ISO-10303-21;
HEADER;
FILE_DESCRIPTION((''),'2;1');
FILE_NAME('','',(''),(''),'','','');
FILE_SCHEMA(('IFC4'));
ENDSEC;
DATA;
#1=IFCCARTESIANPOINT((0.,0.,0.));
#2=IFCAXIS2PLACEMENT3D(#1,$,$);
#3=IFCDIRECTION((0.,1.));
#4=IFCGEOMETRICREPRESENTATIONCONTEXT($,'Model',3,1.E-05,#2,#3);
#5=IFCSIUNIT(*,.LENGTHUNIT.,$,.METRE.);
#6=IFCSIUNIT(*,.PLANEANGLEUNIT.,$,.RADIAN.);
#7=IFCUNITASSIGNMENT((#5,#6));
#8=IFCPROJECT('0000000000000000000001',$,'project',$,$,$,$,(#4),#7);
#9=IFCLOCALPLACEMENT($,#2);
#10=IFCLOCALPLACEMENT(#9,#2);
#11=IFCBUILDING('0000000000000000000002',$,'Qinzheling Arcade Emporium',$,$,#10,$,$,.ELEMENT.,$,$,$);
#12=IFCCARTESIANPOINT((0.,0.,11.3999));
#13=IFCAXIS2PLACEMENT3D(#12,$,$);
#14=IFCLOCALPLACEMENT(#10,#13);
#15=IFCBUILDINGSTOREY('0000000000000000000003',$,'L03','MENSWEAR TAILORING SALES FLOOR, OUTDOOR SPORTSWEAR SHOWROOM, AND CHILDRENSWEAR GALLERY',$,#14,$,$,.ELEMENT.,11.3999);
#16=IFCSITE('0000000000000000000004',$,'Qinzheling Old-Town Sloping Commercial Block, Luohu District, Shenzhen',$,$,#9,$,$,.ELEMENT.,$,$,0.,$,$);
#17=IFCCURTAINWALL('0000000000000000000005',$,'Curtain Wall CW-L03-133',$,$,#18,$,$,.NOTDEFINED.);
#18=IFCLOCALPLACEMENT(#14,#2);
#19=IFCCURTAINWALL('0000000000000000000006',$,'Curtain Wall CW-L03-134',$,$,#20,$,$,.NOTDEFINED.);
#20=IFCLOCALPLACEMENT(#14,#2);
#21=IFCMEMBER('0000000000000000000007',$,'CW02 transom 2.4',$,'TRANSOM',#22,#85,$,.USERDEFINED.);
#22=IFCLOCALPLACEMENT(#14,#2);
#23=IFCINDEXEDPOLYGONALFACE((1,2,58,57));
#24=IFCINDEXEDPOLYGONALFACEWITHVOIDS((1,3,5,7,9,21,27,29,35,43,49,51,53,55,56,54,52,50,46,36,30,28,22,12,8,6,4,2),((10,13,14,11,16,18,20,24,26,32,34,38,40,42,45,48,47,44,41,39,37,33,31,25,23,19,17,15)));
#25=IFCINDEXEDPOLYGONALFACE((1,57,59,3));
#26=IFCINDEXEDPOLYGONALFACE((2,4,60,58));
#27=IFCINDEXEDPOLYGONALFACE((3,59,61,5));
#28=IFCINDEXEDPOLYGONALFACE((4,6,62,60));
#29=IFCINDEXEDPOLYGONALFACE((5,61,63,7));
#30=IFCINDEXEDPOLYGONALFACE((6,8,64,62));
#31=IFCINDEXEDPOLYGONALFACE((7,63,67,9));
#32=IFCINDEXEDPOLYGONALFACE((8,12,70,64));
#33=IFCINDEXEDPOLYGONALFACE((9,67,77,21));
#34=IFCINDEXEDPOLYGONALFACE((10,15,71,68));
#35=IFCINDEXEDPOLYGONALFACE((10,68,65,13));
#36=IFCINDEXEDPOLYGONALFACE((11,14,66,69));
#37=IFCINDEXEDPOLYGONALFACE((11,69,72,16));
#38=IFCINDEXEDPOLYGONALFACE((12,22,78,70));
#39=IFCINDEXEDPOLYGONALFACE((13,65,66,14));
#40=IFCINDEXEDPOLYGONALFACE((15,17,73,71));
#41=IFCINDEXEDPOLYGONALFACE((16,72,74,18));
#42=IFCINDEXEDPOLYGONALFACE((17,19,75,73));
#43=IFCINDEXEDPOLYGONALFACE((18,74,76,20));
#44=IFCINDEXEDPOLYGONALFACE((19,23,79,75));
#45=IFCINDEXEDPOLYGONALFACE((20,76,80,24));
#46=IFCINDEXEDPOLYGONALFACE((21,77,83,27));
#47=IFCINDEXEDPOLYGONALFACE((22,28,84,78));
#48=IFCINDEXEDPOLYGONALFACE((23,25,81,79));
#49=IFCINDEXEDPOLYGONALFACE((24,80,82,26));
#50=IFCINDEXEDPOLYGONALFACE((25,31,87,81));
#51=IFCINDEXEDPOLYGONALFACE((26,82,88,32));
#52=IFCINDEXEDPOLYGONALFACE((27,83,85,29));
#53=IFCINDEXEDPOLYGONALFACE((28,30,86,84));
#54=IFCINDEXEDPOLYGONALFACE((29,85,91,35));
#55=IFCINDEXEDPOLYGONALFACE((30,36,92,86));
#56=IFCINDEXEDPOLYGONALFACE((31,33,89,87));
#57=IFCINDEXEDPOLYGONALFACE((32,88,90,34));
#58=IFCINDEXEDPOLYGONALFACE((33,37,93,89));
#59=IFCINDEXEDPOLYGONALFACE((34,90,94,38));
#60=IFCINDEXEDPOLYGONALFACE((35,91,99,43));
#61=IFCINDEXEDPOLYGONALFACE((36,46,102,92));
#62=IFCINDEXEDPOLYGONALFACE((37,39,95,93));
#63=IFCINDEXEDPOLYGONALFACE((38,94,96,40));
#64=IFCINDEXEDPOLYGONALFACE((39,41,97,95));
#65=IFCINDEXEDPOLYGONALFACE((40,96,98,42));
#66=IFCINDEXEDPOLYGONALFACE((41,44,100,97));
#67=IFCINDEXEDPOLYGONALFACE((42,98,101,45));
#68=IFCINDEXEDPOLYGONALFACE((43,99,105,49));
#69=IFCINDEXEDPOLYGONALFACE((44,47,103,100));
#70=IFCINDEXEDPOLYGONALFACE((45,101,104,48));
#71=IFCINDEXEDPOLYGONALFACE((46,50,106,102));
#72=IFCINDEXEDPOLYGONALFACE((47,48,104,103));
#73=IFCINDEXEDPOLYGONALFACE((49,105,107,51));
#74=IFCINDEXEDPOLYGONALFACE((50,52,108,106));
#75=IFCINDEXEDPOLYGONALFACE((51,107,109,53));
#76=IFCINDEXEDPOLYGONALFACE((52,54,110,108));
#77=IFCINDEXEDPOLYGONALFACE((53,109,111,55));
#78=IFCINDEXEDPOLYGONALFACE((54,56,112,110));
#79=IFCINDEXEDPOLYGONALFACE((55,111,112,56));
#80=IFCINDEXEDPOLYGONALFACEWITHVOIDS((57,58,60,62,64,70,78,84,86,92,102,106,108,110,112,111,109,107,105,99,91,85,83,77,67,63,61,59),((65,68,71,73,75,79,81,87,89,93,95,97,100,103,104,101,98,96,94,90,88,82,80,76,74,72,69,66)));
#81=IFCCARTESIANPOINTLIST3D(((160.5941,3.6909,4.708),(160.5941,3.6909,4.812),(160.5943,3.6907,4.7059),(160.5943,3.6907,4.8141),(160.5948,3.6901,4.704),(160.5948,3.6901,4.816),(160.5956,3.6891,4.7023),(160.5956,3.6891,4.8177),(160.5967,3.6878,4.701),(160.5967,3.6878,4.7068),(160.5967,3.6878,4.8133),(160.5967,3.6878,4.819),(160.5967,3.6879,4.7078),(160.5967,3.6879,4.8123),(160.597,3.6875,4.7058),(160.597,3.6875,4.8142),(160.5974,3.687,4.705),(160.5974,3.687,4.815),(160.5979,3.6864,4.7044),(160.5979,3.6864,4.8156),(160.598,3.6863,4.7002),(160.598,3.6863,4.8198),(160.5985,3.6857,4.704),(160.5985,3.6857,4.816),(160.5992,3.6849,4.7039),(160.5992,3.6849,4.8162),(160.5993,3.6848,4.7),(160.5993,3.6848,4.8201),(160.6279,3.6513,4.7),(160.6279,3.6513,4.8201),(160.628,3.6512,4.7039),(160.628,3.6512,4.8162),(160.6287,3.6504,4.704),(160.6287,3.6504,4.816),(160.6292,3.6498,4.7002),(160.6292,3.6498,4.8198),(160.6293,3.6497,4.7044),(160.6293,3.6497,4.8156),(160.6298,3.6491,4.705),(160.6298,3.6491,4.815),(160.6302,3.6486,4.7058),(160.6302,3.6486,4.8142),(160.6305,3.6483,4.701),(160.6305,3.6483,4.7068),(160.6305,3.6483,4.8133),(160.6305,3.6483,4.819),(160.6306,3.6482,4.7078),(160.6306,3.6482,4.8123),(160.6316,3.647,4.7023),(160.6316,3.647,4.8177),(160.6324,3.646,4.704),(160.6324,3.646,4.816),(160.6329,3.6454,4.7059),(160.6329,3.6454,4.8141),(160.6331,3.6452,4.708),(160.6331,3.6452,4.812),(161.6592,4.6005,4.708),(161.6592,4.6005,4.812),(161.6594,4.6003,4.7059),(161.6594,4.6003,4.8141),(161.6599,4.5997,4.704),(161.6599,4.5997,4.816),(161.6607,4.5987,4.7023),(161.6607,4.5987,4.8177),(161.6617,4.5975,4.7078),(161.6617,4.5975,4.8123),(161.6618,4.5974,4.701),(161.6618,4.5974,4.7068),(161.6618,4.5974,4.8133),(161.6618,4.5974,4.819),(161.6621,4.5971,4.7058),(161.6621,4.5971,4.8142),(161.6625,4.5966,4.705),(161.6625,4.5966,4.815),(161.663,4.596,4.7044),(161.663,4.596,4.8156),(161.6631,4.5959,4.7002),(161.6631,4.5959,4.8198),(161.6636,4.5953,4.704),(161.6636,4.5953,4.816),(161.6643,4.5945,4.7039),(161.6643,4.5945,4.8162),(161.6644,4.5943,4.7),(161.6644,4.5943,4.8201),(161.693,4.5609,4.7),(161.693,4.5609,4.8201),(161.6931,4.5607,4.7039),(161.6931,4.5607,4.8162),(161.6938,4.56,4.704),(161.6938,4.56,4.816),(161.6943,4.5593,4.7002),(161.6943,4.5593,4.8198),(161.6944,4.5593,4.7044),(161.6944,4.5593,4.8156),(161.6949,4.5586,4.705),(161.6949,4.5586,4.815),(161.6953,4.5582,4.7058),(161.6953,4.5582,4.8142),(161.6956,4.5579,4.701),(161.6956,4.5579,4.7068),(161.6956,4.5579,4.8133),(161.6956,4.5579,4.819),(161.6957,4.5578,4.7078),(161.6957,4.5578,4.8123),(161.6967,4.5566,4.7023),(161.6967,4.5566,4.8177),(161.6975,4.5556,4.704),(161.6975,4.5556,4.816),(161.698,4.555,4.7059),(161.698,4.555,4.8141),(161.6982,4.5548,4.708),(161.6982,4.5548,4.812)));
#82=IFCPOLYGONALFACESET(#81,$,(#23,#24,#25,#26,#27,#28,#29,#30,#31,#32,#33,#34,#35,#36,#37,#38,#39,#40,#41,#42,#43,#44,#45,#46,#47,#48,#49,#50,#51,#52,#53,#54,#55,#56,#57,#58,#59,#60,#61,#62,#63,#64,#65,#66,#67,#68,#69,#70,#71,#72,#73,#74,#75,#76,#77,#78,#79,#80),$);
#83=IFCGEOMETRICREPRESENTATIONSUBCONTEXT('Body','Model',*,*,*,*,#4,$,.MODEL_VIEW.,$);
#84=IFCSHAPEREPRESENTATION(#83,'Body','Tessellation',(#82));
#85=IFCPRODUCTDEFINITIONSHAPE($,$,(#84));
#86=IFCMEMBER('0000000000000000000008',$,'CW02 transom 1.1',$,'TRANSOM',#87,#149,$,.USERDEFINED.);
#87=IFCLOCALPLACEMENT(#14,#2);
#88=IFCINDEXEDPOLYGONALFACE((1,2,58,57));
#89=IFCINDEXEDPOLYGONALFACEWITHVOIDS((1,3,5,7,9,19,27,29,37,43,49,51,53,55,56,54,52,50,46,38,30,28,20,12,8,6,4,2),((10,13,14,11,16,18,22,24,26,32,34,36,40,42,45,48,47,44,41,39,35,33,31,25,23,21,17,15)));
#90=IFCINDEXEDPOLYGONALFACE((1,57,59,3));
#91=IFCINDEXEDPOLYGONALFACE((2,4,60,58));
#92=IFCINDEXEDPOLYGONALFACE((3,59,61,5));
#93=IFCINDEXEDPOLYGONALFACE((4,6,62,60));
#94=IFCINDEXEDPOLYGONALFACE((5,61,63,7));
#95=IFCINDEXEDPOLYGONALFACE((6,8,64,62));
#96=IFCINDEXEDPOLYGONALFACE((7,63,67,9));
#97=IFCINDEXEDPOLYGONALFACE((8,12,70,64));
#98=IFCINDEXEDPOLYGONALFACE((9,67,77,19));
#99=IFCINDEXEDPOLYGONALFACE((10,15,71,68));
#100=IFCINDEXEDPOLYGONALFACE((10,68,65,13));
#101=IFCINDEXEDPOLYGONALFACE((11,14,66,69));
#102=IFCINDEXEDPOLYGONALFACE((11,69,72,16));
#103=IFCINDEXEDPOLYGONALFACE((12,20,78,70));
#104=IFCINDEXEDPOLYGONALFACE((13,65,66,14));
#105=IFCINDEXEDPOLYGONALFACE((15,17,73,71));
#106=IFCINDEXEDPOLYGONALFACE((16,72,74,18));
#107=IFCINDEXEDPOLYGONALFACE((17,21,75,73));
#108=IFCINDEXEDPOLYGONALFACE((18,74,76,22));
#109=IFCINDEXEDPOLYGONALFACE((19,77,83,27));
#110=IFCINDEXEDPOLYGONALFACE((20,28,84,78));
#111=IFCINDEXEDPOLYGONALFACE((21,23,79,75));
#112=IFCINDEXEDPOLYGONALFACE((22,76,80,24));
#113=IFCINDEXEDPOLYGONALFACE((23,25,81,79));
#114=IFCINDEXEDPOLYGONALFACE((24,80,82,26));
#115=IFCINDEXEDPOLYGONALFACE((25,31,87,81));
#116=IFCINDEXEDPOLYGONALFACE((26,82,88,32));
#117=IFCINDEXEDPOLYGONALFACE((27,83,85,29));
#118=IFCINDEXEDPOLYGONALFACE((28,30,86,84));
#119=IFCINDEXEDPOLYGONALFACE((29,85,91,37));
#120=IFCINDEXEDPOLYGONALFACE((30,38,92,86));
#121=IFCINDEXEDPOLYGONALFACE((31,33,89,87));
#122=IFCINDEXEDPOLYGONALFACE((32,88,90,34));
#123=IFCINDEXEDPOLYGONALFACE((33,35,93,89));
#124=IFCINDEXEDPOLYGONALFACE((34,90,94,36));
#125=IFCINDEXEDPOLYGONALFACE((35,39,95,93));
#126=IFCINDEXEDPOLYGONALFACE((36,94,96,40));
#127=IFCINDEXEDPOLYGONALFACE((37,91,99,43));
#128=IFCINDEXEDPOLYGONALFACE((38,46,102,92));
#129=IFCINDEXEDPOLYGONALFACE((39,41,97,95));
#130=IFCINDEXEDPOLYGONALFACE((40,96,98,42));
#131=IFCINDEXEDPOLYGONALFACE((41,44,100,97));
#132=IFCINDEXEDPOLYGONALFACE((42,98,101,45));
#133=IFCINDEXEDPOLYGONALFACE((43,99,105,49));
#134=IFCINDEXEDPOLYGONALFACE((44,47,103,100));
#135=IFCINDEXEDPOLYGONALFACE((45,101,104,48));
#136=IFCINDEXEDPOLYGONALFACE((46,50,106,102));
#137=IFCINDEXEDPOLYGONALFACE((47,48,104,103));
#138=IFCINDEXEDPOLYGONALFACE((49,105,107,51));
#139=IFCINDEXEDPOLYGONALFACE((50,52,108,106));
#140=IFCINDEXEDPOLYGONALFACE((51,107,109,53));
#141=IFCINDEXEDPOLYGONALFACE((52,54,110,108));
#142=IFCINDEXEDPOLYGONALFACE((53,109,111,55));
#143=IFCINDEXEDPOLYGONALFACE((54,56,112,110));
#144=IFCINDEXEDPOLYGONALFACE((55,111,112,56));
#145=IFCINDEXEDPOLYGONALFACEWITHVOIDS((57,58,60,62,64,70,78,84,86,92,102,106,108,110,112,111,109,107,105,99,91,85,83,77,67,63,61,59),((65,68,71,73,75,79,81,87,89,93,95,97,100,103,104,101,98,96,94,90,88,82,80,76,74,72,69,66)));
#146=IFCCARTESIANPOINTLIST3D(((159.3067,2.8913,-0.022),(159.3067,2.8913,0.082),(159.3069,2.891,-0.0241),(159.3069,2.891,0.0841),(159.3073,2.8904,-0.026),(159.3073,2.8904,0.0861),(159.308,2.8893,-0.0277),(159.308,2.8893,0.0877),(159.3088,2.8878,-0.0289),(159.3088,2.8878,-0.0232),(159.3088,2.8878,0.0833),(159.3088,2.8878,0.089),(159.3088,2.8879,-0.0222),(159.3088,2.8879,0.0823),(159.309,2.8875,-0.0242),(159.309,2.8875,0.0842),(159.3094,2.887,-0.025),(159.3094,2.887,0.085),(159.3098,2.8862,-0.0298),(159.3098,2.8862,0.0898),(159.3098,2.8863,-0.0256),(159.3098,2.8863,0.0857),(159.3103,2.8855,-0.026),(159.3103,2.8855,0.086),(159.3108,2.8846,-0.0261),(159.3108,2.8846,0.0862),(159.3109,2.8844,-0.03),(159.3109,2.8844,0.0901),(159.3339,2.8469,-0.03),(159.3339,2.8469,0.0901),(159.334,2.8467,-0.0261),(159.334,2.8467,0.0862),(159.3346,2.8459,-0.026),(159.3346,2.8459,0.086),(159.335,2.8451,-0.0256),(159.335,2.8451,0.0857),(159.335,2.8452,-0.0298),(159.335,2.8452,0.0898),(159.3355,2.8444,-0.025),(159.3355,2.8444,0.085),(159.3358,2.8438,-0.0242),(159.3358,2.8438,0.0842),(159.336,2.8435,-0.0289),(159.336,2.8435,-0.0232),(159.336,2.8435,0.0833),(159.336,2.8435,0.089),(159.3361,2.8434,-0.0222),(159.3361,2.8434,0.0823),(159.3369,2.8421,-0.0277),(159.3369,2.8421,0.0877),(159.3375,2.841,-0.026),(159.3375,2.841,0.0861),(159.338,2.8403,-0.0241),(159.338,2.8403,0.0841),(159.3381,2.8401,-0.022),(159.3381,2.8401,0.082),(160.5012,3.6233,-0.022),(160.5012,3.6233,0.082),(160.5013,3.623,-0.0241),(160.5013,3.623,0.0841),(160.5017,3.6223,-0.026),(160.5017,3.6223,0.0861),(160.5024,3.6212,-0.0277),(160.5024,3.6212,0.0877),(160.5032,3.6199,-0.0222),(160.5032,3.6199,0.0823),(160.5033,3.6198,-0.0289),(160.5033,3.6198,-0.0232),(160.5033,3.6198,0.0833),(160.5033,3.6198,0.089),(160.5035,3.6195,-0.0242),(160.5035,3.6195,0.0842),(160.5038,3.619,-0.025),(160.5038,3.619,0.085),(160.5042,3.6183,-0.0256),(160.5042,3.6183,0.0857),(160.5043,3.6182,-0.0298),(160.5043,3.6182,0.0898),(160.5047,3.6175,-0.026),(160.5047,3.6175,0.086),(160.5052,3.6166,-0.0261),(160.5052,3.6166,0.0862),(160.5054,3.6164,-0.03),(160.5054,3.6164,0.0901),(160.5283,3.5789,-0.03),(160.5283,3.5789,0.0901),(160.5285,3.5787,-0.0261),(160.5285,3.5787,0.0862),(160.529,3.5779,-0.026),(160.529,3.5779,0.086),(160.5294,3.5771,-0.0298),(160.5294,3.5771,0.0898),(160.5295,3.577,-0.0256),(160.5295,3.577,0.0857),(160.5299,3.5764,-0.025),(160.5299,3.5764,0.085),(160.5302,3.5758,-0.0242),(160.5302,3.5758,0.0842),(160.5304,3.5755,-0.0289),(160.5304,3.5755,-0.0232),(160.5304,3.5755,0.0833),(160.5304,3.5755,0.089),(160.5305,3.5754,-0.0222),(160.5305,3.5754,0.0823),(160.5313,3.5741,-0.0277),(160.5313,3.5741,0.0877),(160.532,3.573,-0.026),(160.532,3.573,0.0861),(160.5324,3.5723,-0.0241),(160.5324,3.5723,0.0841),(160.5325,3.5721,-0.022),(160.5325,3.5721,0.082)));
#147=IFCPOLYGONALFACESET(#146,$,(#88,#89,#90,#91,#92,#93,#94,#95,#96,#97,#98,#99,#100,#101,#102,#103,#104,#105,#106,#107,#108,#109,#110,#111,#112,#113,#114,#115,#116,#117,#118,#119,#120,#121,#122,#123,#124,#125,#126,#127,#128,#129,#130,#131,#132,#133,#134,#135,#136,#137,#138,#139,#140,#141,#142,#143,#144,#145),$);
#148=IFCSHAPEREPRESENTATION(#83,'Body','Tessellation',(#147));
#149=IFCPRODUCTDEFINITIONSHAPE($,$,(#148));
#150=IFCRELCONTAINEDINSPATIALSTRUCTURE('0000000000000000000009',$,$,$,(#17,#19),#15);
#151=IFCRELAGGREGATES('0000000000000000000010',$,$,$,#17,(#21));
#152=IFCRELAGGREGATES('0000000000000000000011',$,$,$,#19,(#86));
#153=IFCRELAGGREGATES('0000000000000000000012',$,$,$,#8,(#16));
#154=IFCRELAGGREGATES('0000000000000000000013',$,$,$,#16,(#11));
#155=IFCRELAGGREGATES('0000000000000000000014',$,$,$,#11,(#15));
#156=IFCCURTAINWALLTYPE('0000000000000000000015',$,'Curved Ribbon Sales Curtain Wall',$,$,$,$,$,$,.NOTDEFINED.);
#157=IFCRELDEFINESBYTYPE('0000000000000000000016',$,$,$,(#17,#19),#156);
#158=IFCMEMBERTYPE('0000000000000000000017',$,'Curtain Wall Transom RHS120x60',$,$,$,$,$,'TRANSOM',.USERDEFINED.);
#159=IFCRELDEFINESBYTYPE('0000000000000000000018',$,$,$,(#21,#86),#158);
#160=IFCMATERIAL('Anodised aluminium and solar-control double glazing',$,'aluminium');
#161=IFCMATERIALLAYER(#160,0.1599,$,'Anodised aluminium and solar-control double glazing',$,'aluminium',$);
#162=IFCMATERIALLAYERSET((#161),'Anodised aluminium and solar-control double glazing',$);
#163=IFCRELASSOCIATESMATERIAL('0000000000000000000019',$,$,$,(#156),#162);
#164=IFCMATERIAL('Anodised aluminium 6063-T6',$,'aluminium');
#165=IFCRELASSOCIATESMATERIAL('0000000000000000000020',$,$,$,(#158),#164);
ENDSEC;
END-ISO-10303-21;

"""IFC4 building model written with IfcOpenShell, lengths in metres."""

from ifc_helpers import new_model, si_unit, direction, frame, origin, origin_2d, place, context, subcontext, project, spatial, hollow_rectangle, extrude, material, layer, layer_set, material_profile, profile_set, type_object, element, aggregate, save


model = new_model("IFC4")

# Units and contexts
model_context = context("Model", 3, precision=1e-05, world=origin(), true_north=direction((0.0, 1.0)))
body_context = subcontext(model_context, "Body", "Model", "MODEL_VIEW")
ifc_project = project(units=[si_unit("LENGTHUNIT", "METRE"), si_unit("PLANEANGLEUNIT", "RADIAN")], contexts=[model_context])

# Site, building, storey
site_placement = place(None, origin())
site = spatial("IfcSite", under=ifc_project, at=site_placement, Name="Qinzheling Old-Town Sloping Commercial Block, Luohu District, Shenzhen", CompositionType="ELEMENT", RefElevation=0.0)
building_placement = place(site_placement, origin())
building = spatial("IfcBuilding", under=site, at=building_placement, Name="Qinzheling Arcade Emporium", CompositionType="ELEMENT")
storey_placement = place(building_placement, frame((0.0, 0.0, 11.3999)))
storey = spatial("IfcBuildingStorey", under=building, at=storey_placement, Name="L03", Description="MENSWEAR TAILORING SALES FLOOR, OUTDOOR SPORTSWEAR SHOWROOM, AND CHILDRENSWEAR GALLERY", CompositionType="ELEMENT", Elevation=11.3999)

# Curtain walls
ifc_material_1 = material(Name="Anodised aluminium and solar-control double glazing", Category="aluminium")
ifc_layer_1 = layer(ifc_material_1, 0.1599, Name="Anodised aluminium and solar-control double glazing", Category="aluminium")
ifc_layer_set_1 = layer_set([ifc_layer_1], Name="Anodised aluminium and solar-control double glazing")
curtain_wall_type = type_object("IfcCurtainWallType", Name="Curved Ribbon Sales Curtain Wall", PredefinedType="NOTDEFINED", material=ifc_layer_set_1)
curtain_wall_1_placement = place(storey_placement, origin())
curtain_wall_1 = element("IfcCurtainWall", 1, at=curtain_wall_1_placement, inside=storey, type_object=curtain_wall_type, Name="Curtain Wall CW-L03-133", PredefinedType="NOTDEFINED")
ifc_material_2 = material(Name="Anodised aluminium 6063-T6", Category="aluminium")
curtain_wall_2_placement = place(storey_placement, origin())
curtain_wall_2 = element("IfcCurtainWall", 2, at=curtain_wall_2_placement, inside=storey, type_object=curtain_wall_type, Name="Curtain Wall CW-L03-134", PredefinedType="NOTDEFINED")

# Members
ifc_material_profile_1 = material_profile(ifc_material_2, hollow_rectangle(XDim=0.0601, YDim=0.1201, WallThickness=0.0039, InnerFilletRadius=0.0039, OuterFilletRadius=0.0081, at=origin_2d()), Name="RHS 120x60x4", Category="aluminium")
ifc_profile_set_1 = profile_set([ifc_material_profile_1], Name="Anodised aluminium 6063-T6")
member_type_1 = type_object("IfcMemberType", Name="Curtain Wall Transom RHS120x60", ElementType="TRANSOM", PredefinedType="USERDEFINED", material=ifc_profile_set_1)
member_1_placement = place(storey_placement, frame((161.6787, 4.5776, 4.76), z_axis=(-0.760436, -0.649412, 0.0), x_axis=(0.649412, -0.760436, 0.0)))
member_1 = element("IfcMember", 3, at=member_1_placement, type_object=member_type_1, Name="CW02 transom 2.4", ObjectType="TRANSOM", PredefinedType="USERDEFINED", context=body_context, shape_type="SweptSolid", body=[
    extrude(hollow_rectangle(XDim=0.0601, YDim=0.1201, WallThickness=0.0039, InnerFilletRadius=0.0039, OuterFilletRadius=0.0081, at=origin_2d()), origin(), (0.0, 0.0, 1.0), 1.4006),
])
member_2_placement = place(storey_placement, frame((160.5168, 3.5977, 0.03), z_axis=(-0.852626, -0.522521, 0.0), x_axis=(0.522521, -0.852626, 0.0)))
member_2 = element("IfcMember", 4, at=member_2_placement, type_object=member_type_1, Name="CW02 transom 1.1", ObjectType="TRANSOM", PredefinedType="USERDEFINED", context=body_context, shape_type="SweptSolid", body=[
    extrude(hollow_rectangle(XDim=0.0601, YDim=0.1201, WallThickness=0.0039, InnerFilletRadius=0.0039, OuterFilletRadius=0.0081, at=origin_2d()), origin(), (0.0, 0.0, 1.0), 1.4009),
])

aggregate(curtain_wall_1, [member_1])
aggregate(curtain_wall_2, [member_2])

save(model, "model.ifc")
